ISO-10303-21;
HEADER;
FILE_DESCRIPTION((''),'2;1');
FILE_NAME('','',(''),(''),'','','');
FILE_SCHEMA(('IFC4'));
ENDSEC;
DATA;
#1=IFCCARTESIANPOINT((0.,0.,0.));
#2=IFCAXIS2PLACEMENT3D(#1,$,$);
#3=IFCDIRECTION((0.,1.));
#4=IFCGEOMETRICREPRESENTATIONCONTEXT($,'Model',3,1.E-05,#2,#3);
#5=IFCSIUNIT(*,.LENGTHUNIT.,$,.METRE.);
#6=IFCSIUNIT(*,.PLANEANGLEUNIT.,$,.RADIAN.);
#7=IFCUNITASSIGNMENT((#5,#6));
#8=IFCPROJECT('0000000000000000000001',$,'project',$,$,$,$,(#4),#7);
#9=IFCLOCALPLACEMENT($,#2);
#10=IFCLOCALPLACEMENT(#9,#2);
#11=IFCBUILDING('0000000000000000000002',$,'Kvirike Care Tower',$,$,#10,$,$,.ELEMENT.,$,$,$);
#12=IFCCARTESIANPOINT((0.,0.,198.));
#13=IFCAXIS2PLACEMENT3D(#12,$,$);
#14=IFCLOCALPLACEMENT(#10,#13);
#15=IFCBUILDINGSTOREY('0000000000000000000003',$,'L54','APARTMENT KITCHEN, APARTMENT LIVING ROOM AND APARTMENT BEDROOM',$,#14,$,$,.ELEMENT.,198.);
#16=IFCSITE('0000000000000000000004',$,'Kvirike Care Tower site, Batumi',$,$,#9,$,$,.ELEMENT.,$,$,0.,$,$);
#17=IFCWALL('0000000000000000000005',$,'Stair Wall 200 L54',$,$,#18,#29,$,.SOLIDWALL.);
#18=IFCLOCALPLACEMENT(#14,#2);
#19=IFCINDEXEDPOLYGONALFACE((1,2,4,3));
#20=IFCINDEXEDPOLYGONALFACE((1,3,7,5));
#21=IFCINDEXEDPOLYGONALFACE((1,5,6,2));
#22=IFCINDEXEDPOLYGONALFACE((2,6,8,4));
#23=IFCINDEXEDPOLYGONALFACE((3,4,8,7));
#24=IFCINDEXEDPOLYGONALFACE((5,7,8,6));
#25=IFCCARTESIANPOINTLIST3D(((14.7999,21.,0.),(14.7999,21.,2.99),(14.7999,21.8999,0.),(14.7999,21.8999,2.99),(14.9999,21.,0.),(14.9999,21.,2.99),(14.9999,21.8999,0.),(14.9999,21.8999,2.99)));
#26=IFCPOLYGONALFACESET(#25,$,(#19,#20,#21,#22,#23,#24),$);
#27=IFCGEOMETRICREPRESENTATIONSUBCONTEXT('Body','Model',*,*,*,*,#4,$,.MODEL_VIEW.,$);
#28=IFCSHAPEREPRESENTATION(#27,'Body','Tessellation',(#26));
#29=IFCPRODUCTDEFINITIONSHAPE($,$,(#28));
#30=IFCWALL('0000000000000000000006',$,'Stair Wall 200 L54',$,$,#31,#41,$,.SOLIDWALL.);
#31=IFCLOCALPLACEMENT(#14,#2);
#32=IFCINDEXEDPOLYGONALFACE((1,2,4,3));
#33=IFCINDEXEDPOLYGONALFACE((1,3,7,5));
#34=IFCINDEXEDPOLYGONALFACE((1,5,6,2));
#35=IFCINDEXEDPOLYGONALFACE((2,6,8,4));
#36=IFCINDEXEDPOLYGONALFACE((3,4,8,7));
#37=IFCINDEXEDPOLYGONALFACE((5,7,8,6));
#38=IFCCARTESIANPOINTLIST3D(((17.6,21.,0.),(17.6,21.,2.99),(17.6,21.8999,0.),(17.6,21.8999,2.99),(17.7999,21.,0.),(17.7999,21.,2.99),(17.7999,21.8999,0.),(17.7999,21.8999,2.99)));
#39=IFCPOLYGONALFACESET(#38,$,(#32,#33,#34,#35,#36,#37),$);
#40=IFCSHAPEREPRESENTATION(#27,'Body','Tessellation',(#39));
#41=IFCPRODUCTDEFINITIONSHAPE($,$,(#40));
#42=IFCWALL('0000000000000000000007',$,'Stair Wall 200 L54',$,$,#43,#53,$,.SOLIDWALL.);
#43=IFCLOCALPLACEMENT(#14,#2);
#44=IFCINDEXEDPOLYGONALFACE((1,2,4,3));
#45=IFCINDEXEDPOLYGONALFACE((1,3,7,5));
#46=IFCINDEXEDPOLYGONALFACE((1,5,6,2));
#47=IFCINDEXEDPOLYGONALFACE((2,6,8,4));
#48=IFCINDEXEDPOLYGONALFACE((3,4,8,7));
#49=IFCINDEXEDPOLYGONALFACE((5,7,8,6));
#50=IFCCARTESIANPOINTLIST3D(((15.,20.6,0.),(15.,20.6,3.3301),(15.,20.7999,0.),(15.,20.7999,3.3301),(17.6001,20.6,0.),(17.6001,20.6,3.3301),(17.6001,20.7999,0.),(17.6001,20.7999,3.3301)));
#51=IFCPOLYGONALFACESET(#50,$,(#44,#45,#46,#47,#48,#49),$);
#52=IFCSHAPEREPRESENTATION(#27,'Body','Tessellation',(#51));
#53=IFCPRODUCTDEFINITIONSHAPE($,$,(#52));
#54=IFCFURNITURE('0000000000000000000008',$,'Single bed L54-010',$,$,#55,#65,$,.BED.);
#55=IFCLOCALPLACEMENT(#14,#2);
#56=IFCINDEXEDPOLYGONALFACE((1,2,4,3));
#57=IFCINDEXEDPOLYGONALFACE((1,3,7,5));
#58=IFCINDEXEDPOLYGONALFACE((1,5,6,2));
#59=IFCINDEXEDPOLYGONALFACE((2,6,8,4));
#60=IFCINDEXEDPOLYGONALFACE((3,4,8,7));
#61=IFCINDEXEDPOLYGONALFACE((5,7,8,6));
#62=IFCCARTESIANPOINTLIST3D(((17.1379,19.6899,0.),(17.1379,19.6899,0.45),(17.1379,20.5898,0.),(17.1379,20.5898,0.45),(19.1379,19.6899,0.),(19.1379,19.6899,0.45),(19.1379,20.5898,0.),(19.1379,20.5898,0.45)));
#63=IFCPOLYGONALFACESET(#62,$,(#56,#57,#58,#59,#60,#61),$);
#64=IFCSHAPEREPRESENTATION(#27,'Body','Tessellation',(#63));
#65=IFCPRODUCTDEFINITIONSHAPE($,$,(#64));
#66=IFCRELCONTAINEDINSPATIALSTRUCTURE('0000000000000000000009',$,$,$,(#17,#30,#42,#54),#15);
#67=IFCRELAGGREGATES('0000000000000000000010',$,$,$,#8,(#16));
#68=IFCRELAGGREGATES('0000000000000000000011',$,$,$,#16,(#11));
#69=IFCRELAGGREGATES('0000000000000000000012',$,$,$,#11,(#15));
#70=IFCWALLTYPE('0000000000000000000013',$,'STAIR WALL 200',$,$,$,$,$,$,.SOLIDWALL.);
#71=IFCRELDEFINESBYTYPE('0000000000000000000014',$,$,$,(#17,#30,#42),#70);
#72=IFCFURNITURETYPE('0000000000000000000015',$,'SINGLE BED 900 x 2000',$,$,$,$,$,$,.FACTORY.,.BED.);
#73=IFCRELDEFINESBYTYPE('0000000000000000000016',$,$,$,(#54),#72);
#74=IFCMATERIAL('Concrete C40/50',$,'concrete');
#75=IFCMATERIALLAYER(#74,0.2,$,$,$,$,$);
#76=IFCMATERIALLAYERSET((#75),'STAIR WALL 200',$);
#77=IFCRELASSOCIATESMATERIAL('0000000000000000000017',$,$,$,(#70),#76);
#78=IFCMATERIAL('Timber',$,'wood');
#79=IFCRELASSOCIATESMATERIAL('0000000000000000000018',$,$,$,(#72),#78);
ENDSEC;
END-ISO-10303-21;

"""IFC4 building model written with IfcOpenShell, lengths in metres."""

from ifc_helpers import new_model, si_unit, direction, frame, frame_2d, origin, origin_2d, place, context, subcontext, project, spatial, rectangle, extrude, material, layer, layer_set, type_object, element, save


model = new_model("IFC4")

# Units and contexts
model_context = context("Model", 3, precision=1e-05, world=origin(), true_north=direction((0.0, 1.0)))
body_context = subcontext(model_context, "Body", "Model", "MODEL_VIEW")
ifc_project = project(units=[si_unit("LENGTHUNIT", "METRE"), si_unit("PLANEANGLEUNIT", "RADIAN")], contexts=[model_context])

# Site, building, storey
site_placement = place(None, origin())
site = spatial("IfcSite", under=ifc_project, at=site_placement, Name="Kvirike Care Tower site, Batumi", CompositionType="ELEMENT", RefElevation=0.0)
building_placement = place(site_placement, origin())
building = spatial("IfcBuilding", under=site, at=building_placement, Name="Kvirike Care Tower", CompositionType="ELEMENT")
storey_placement = place(building_placement, frame((0.0, 0.0, 198.0)))
storey = spatial("IfcBuildingStorey", under=building, at=storey_placement, Name="L54", Description="APARTMENT KITCHEN, APARTMENT LIVING ROOM AND APARTMENT BEDROOM", CompositionType="ELEMENT", Elevation=198.0)

# Walls
ifc_material_1 = material(Name="Concrete C40/50", Category="concrete")
ifc_layer_1 = layer(ifc_material_1, 0.2)
ifc_layer_set_1 = layer_set([ifc_layer_1], Name="STAIR WALL 200")
wall_type = type_object("IfcWallType", Name="STAIR WALL 200", PredefinedType="SOLIDWALL", material=ifc_layer_set_1)
for number, where, z_axis, x_axis, name in (
    (1, (14.8999, 21.0, 0.0), (0.0, 0.0, 1.0), (0.0, 1.0, 0.0), "Stair Wall 200 L54"),
    (2, (17.7, 21.0, 0.0), (0.0, 0.0, 1.0), (0.0, 1.0, 0.0), "Stair Wall 200 L54"),
):
    element("IfcWall", number, at=place(storey_placement, frame(where, z_axis=z_axis, x_axis=x_axis)), inside=storey, type_object=wall_type, Name=name, PredefinedType="SOLIDWALL", context=body_context, shape_type="SweptSolid", body=[
        extrude(rectangle(XDim=0.8999, YDim=0.2, at=frame_2d((0.45, 0.0))), origin(), (0.0, 0.0, 1.0), 2.99),
    ])
wall_placement = place(storey_placement, frame((15.0, 20.7, 0.0), z_axis=(0.0, 0.0, 1.0), x_axis=(1.0, 0.0, 0.0)))
element("IfcWall", 3, at=wall_placement, inside=storey, type_object=wall_type, Name="Stair Wall 200 L54", PredefinedType="SOLIDWALL", context=body_context, shape_type="SweptSolid", body=[
    extrude(rectangle(XDim=2.6001, YDim=0.2, at=frame_2d((1.3, 0.0))), origin(), (0.0, 0.0, 1.0), 3.3301),
])

# Furniture
ifc_material_2 = material(Name="Timber", Category="wood")
furniture_type = type_object("IfcFurnitureType", Name="SINGLE BED 900 x 2000", AssemblyPlace="FACTORY", PredefinedType="BED", material=ifc_material_2)
furniture_placement = place(storey_placement, frame((18.1379, 20.1399, 0.0), z_axis=(0.0, 0.0, 1.0), x_axis=(0.0, -1.0, 0.0)))
element("IfcFurniture", 4, at=furniture_placement, inside=storey, type_object=furniture_type, Name="Single bed L54-010", PredefinedType="BED", context=body_context, shape_type="SweptSolid", body=[
    extrude(rectangle(XDim=0.8999, YDim=2.0, at=origin_2d()), origin(), (0.0, 0.0, 1.0), 0.45),
])

save(model, "model.ifc")
